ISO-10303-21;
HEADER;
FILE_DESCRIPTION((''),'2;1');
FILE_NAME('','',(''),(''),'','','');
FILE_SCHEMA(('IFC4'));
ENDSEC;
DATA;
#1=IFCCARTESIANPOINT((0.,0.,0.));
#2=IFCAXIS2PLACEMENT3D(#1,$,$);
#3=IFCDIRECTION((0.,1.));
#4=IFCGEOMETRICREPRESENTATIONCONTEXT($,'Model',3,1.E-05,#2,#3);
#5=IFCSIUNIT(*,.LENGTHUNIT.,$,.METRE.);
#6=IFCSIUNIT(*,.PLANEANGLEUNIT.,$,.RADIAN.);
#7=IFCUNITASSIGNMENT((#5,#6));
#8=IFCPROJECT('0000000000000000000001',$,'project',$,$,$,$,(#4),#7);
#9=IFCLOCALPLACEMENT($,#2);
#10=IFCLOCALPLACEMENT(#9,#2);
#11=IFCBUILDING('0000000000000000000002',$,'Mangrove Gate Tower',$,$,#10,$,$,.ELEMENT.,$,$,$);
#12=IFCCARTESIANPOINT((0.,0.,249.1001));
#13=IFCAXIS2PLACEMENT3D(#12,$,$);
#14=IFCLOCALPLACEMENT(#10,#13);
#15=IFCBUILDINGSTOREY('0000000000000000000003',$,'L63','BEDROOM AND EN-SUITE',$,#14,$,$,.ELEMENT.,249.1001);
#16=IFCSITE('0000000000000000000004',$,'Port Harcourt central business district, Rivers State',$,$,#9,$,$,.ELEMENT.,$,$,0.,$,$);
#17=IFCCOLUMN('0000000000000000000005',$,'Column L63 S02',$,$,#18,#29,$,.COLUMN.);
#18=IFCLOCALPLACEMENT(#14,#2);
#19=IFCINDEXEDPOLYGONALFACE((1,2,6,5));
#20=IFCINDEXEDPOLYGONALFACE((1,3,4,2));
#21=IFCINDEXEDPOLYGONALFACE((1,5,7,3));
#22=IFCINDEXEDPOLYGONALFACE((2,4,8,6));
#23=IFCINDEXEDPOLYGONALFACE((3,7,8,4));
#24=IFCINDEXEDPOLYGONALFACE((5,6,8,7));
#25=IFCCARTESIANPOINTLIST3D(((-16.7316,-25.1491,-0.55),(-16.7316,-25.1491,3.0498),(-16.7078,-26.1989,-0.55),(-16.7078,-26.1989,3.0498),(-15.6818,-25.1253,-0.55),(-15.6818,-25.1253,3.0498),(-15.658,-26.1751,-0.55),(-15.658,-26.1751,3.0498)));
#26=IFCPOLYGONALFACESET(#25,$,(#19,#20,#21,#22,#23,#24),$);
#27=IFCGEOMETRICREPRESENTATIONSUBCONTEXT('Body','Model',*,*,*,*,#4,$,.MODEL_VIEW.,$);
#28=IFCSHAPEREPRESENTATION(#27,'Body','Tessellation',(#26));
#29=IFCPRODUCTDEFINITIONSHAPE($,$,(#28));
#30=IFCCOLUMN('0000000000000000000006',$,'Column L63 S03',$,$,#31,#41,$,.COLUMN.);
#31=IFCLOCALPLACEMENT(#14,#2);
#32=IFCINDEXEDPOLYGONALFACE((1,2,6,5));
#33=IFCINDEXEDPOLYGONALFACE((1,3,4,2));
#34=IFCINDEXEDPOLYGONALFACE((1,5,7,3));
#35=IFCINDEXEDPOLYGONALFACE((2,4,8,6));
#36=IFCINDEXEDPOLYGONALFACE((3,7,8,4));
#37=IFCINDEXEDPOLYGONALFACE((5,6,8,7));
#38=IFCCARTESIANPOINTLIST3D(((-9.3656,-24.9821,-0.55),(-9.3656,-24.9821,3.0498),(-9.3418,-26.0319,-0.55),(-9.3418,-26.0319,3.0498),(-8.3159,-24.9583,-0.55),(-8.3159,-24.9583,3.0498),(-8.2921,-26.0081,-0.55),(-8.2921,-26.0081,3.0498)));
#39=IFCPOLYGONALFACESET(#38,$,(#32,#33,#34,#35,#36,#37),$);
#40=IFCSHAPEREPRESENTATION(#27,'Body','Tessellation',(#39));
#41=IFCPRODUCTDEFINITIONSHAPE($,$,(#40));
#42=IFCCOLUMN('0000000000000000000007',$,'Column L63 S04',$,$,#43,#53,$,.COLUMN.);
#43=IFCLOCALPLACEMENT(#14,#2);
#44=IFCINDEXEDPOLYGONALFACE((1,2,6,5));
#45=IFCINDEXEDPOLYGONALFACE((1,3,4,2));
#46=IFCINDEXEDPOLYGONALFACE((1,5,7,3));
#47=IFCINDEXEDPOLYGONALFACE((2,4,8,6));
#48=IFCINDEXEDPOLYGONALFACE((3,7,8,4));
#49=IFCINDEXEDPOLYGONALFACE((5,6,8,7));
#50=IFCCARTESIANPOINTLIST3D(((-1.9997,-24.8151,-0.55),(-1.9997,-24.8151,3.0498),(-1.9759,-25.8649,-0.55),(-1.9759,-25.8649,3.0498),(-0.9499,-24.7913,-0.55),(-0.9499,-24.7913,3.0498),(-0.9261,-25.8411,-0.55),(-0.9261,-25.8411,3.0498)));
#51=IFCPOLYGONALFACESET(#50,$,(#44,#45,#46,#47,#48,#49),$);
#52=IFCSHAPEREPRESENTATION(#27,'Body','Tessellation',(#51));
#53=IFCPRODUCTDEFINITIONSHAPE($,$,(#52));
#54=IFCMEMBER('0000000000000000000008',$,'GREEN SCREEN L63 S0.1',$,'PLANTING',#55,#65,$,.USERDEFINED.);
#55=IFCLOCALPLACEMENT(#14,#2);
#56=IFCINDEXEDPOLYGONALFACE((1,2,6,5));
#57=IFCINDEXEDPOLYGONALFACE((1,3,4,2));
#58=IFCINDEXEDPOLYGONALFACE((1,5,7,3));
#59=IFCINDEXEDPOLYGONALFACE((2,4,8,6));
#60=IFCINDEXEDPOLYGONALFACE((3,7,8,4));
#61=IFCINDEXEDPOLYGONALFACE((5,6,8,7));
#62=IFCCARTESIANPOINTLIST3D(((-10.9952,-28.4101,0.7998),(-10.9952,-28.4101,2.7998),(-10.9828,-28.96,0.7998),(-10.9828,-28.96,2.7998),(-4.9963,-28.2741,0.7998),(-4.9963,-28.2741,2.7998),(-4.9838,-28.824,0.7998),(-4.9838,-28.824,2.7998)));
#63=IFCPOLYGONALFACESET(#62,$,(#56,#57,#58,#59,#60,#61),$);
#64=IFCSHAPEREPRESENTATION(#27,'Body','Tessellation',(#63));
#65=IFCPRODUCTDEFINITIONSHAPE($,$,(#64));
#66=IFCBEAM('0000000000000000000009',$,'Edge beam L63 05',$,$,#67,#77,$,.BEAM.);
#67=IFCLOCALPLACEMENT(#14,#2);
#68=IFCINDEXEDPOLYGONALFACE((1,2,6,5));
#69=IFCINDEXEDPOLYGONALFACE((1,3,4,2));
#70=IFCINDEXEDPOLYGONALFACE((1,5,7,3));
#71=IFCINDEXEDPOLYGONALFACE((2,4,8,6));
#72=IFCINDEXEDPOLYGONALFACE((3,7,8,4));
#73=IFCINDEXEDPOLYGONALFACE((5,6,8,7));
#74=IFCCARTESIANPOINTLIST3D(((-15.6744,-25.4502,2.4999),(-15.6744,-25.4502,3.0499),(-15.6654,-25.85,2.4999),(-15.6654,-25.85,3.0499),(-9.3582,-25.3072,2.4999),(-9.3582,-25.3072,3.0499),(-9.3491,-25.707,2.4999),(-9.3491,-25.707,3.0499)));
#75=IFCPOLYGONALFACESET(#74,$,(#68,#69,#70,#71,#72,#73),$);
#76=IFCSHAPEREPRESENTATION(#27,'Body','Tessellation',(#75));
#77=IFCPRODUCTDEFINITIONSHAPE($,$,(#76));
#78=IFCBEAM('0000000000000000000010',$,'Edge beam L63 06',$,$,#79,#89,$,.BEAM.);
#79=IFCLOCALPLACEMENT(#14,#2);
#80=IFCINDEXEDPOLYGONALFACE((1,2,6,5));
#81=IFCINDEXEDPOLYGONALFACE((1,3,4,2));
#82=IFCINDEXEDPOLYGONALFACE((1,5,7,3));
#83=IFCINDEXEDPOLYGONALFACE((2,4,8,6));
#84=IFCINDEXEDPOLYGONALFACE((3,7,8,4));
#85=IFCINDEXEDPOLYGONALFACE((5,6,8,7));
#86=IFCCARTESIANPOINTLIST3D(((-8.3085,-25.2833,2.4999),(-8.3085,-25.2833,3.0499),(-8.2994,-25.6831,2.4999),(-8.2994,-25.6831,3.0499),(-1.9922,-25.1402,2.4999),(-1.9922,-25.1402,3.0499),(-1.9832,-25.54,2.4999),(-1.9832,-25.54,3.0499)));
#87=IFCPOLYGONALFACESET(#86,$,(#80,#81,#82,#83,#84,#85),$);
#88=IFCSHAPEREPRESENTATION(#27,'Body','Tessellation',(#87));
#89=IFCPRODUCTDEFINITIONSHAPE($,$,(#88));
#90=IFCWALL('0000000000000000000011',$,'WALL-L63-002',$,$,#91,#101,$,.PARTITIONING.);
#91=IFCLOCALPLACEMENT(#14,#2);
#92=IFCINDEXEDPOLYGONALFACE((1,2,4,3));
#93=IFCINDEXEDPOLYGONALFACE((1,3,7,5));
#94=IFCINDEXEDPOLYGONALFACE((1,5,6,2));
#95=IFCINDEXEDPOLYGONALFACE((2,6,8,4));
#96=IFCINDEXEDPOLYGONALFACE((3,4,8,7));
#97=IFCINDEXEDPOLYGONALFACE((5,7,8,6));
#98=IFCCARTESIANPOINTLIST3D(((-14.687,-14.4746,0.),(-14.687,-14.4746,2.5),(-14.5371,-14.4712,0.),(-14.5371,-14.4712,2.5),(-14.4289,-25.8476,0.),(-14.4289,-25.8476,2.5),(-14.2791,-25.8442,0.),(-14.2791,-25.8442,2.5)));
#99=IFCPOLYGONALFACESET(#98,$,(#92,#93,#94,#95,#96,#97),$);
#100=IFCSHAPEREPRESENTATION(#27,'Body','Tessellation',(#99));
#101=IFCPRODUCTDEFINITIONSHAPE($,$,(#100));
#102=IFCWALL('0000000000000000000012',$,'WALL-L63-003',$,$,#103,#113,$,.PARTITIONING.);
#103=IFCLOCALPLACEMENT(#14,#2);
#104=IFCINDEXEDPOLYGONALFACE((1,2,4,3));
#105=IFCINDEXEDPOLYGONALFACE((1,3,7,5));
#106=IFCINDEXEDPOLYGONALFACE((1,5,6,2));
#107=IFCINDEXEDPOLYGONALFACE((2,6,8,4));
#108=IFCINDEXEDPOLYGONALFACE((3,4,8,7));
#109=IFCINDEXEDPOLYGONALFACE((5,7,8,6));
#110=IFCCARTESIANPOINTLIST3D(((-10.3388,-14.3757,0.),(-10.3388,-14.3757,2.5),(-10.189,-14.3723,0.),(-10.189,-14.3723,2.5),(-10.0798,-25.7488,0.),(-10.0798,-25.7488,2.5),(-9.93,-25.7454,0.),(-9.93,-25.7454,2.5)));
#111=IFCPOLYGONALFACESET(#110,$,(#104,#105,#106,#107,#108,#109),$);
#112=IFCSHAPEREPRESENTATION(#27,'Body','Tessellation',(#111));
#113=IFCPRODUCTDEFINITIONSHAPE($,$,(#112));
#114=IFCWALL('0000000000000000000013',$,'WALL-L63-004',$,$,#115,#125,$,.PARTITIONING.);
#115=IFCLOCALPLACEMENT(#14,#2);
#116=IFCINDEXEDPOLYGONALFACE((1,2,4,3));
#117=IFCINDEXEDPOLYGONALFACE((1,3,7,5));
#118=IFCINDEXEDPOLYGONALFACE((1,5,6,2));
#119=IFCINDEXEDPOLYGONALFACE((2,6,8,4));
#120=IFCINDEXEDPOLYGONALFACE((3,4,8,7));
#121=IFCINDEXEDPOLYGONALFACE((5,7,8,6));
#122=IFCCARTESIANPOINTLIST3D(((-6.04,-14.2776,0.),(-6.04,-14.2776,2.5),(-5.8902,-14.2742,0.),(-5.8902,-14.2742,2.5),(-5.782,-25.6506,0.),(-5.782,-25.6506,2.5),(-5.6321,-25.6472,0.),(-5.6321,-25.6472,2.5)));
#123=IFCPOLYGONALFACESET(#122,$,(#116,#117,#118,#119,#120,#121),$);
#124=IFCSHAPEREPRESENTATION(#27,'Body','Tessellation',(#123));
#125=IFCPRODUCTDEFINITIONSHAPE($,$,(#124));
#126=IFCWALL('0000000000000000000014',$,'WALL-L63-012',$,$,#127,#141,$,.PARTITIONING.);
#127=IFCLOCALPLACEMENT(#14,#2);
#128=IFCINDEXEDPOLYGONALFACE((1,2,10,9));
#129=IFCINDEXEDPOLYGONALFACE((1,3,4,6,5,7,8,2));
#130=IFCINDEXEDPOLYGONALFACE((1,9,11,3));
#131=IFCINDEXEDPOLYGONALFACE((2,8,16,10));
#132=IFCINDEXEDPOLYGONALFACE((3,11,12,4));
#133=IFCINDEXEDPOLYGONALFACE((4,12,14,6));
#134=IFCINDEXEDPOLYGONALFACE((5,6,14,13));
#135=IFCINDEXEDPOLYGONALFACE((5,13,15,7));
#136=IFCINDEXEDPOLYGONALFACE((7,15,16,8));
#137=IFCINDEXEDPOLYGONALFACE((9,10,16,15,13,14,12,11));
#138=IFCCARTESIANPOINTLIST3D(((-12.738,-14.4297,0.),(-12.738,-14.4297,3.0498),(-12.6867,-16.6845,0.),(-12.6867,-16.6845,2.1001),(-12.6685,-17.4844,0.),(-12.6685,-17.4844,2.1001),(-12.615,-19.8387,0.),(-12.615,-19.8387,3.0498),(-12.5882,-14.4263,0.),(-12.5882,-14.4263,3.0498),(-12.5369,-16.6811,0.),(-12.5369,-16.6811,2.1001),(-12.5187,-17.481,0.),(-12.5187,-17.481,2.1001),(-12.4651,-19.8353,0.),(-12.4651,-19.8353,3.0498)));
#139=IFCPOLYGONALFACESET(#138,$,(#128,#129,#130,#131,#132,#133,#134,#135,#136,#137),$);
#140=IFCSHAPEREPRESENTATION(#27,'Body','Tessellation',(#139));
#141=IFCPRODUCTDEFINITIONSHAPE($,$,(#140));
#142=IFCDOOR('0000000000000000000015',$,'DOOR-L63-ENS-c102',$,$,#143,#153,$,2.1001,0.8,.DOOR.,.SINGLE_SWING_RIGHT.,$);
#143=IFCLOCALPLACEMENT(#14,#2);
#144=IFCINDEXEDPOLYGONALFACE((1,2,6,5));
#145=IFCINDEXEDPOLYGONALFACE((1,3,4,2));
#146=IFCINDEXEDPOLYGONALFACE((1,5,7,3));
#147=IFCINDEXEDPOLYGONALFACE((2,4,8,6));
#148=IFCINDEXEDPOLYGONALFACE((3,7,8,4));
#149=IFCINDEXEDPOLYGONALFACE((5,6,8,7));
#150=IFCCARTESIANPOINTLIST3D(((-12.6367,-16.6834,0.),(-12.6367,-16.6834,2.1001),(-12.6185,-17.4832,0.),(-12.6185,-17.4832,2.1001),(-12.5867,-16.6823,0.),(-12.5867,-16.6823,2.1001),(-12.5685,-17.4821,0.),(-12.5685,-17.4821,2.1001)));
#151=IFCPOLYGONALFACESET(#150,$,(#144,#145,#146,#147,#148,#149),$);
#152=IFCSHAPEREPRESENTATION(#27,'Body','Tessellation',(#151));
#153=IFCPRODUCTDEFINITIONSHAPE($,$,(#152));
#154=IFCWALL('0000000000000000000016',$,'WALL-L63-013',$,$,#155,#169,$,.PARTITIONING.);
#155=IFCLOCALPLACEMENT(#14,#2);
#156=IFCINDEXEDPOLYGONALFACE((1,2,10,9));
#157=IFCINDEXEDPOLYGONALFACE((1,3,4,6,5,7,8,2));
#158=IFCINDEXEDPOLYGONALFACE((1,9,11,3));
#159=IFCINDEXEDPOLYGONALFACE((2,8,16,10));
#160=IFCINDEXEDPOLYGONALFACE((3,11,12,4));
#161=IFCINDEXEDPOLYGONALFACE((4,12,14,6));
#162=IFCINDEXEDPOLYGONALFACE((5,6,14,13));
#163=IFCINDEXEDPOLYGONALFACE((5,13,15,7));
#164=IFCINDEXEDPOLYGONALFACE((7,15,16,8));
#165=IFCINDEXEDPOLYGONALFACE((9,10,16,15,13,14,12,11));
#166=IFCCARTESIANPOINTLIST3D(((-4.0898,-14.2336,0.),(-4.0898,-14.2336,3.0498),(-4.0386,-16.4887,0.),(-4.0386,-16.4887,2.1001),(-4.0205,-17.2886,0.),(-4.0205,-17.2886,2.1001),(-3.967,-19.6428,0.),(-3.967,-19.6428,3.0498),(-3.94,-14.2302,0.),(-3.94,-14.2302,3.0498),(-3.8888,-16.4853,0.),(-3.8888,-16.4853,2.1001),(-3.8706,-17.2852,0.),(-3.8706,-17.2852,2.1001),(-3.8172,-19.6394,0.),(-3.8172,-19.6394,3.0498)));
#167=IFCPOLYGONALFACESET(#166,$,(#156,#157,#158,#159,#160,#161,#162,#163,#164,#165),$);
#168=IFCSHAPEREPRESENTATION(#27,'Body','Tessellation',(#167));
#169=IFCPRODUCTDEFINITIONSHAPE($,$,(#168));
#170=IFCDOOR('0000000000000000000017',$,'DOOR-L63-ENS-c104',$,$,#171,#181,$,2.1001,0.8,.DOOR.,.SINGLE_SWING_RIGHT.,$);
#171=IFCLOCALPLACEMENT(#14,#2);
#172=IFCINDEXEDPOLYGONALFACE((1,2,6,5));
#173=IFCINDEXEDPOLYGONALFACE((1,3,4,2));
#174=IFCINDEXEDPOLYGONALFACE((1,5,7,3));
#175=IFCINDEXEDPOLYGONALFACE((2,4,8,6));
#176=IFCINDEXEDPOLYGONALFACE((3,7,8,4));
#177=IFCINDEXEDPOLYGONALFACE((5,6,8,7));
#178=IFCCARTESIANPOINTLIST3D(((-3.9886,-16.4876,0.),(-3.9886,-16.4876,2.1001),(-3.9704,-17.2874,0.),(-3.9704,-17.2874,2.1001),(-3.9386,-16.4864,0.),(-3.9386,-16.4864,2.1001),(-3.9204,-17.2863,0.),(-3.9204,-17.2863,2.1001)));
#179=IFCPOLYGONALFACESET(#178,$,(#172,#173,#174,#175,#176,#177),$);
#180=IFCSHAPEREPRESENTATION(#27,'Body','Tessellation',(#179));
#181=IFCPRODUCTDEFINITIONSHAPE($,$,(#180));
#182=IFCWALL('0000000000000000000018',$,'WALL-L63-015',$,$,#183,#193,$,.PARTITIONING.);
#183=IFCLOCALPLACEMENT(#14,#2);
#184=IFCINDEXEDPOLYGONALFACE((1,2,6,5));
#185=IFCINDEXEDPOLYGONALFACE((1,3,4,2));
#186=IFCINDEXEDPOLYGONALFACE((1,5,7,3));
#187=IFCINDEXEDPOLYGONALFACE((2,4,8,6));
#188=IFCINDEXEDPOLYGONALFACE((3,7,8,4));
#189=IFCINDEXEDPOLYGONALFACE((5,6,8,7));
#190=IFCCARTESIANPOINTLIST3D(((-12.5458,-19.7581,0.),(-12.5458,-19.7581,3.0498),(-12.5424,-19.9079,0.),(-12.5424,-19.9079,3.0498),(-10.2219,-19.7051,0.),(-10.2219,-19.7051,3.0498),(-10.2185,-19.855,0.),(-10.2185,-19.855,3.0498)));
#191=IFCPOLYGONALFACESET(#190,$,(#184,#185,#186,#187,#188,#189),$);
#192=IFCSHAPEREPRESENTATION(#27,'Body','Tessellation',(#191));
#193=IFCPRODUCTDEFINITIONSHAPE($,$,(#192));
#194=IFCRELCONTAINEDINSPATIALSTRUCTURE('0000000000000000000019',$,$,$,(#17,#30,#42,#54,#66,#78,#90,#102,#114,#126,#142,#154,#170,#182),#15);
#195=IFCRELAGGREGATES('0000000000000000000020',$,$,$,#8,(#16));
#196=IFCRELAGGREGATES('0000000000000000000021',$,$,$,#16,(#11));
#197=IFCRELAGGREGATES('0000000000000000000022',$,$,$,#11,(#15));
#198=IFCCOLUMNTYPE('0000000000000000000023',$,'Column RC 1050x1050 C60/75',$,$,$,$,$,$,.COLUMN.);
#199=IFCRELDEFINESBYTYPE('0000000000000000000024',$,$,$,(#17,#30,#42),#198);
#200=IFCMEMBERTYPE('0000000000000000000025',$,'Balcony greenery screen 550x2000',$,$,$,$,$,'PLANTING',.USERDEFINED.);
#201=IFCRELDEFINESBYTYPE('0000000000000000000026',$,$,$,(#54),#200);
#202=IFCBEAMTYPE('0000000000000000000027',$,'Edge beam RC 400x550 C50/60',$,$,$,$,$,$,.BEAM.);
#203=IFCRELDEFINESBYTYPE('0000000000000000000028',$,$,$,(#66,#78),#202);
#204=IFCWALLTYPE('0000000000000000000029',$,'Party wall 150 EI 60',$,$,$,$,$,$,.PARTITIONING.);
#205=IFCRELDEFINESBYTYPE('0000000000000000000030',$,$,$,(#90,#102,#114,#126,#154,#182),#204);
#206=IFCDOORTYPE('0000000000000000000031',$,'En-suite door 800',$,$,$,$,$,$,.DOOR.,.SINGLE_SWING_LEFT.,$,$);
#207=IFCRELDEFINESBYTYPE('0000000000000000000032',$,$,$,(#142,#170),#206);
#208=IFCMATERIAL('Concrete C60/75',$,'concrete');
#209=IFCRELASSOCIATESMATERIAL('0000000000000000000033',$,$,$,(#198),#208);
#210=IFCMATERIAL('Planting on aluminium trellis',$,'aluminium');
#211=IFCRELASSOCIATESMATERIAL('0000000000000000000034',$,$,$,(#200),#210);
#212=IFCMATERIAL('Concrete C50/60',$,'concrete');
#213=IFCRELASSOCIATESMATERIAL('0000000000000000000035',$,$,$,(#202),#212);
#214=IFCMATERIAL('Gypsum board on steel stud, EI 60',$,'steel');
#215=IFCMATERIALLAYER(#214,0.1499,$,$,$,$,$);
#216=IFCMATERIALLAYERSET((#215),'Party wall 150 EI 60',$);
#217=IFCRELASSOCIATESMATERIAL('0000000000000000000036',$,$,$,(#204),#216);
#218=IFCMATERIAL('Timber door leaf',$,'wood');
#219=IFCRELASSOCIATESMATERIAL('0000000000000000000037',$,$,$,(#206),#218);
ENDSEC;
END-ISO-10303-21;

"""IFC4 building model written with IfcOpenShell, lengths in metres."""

from ifc_helpers import new_model, si_unit, direction, frame, frame_2d, origin, origin_2d, place, context, subcontext, project, spatial, rectangle, extrude, material, layer, layer_set, material_profile, profile_set, type_object, element, fill, save


model = new_model("IFC4")

# Units and contexts
model_context = context("Model", 3, precision=1e-05, world=origin(), true_north=direction((0.0, 1.0)))
body_context = subcontext(model_context, "Body", "Model", "MODEL_VIEW")
ifc_project = project(units=[si_unit("LENGTHUNIT", "METRE"), si_unit("PLANEANGLEUNIT", "RADIAN")], contexts=[model_context])

# Site, building, storey
site_placement = place(None, origin())
site = spatial("IfcSite", under=ifc_project, at=site_placement, Name="Port Harcourt central business district, Rivers State", CompositionType="ELEMENT", RefElevation=0.0)
building_placement = place(site_placement, origin())
building = spatial("IfcBuilding", under=site, at=building_placement, Name="Mangrove Gate Tower", CompositionType="ELEMENT")
storey_placement = place(building_placement, frame((0.0, 0.0, 249.1001)))
storey = spatial("IfcBuildingStorey", under=building, at=storey_placement, Name="L63", Description="BEDROOM AND EN-SUITE", CompositionType="ELEMENT", Elevation=249.1001)

# Columns
ifc_material_1 = material(Name="Concrete C60/75", Category="concrete")
ifc_material_profile_1 = material_profile(ifc_material_1, rectangle(XDim=1.05, YDim=1.05, at=origin_2d()))
ifc_profile_set_1 = profile_set([ifc_material_profile_1], Name="Concrete C60/75")
column_type = type_object("IfcColumnType", Name="Column RC 1050x1050 C60/75", PredefinedType="COLUMN", material=ifc_profile_set_1)
for number, where, z_axis, x_axis, name in (
    (1, (-16.1948, -25.6621, -0.55), (0.0, 0.0, 1.0), (0.999743, 0.022666, 0.0), "Column L63 S02"),
    (2, (-8.8289, -25.4951, -0.55), (0.0, 0.0, 1.0), (0.999743, 0.022666, 0.0), "Column L63 S03"),
    (3, (-1.4629, -25.3281, -0.55), (0.0, 0.0, 1.0), (0.999743, 0.022666, 0.0), "Column L63 S04"),
):
    element("IfcColumn", number, at=place(storey_placement, frame(where, z_axis=z_axis, x_axis=x_axis)), inside=storey, type_object=column_type, Name=name, PredefinedType="COLUMN", context=body_context, shape_type="SweptSolid", body=[
        extrude(rectangle(XDim=1.05, YDim=1.05, at=origin_2d()), origin(), (0.0, 0.0, 1.0), 3.5999),
    ])

# Member
ifc_material_2 = material(Name="Planting on aluminium trellis", Category="aluminium")
ifc_material_profile_2 = material_profile(ifc_material_2, rectangle(XDim=0.55, YDim=2.0, at=origin_2d()))
ifc_profile_set_2 = profile_set([ifc_material_profile_2], Name="Planting on aluminium trellis")
member_type = type_object("IfcMemberType", Name="Balcony greenery screen 550x2000", ElementType="PLANTING", PredefinedType="USERDEFINED", material=ifc_profile_set_2)
member_placement = place(storey_placement, frame((-10.989, -28.6851, 1.7998), z_axis=(0.999743, 0.022662, 0.0), x_axis=(-0.022662, 0.999743, 0.0)))
element("IfcMember", 4, at=member_placement, inside=storey, type_object=member_type, Name="GREEN SCREEN L63 S0.1", ObjectType="PLANTING", PredefinedType="USERDEFINED", context=body_context, shape_type="SweptSolid", body=[
    extrude(rectangle(XDim=0.55, YDim=2.0, at=origin_2d()), origin(), (0.0, 0.0, 1.0), 6.0005),
])

# Beams
ifc_material_3 = material(Name="Concrete C50/60", Category="concrete")
ifc_material_profile_3 = material_profile(ifc_material_3, rectangle(XDim=0.3999, YDim=0.55, at=origin_2d()))
ifc_profile_set_3 = profile_set([ifc_material_profile_3], Name="Concrete C50/60")
beam_type = type_object("IfcBeamType", Name="Edge beam RC 400x550 C50/60", PredefinedType="BEAM", material=ifc_profile_set_3)
for number, where, z_axis, x_axis, name in (
    (5, (-15.6699, -25.6501, 2.7749), (0.999744, 0.022645, 0.0), (-0.022645, 0.999744, 0.0), "Edge beam L63 05"),
    (6, (-8.304, -25.4832, 2.7749), (0.999744, 0.022645, 0.0), (-0.022645, 0.999744, 0.0), "Edge beam L63 06"),
):
    element("IfcBeam", number, at=place(storey_placement, frame(where, z_axis=z_axis, x_axis=x_axis)), inside=storey, type_object=beam_type, Name=name, PredefinedType="BEAM", context=body_context, shape_type="SweptSolid", body=[
        extrude(rectangle(XDim=0.3999, YDim=0.55, at=origin_2d()), origin(), (0.0, 0.0, 1.0), 6.3179),
    ])

# Walls
ifc_material_4 = material(Name="Gypsum board on steel stud, EI 60", Category="steel")
ifc_layer_1 = layer(ifc_material_4, 0.1499)
ifc_layer_set_1 = layer_set([ifc_layer_1], Name="Party wall 150 EI 60")
wall_type_1 = type_object("IfcWallType", Name="Party wall 150 EI 60", PredefinedType="PARTITIONING", material=ifc_layer_set_1)
for number, where, z_axis, x_axis, name in (
    (7, (-14.354, -25.8459, 0.0), (0.0, 0.0, 1.0), (-0.022684, 0.999743, 0.0), "WALL-L63-002"),
    (8, (-10.0049, -25.7471, 0.0), (0.0, 0.0, 1.0), (-0.02277, 0.999741, 0.0), "WALL-L63-003"),
    (9, (-5.707, -25.6489, 0.0), (0.0, 0.0, 1.0), (-0.022684, 0.999743, 0.0), "WALL-L63-004"),
):
    element("IfcWall", number, at=place(storey_placement, frame(where, z_axis=z_axis, x_axis=x_axis)), inside=storey, type_object=wall_type_1, Name=name, PredefinedType="PARTITIONING", context=body_context, shape_type="SweptSolid", body=[
        extrude(rectangle(XDim=11.376, YDim=0.1499, at=frame_2d((5.688, 0.0))), origin(), (0.0, 0.0, 1.0), 2.5),
    ])

# Walls, openings, doors
wall_1_placement = place(storey_placement, frame((-12.54, -19.8369, 0.0), z_axis=(0.0, 0.0, 1.0), x_axis=(-0.022743, 0.999741, 0.0)))
wall_1 = element("IfcWall", 10, at=wall_1_placement, inside=storey, type_object=wall_type_1, Name="WALL-L63-012", PredefinedType="PARTITIONING", context=body_context, shape_type="SweptSolid", body=[
    extrude(rectangle(XDim=5.4104, YDim=0.1499, at=frame_2d((2.7051, 0.0))), origin(), (0.0, 0.0, 1.0), 3.0498),
])
opening_1_placement = place(wall_1_placement, frame((2.355, 0.0, 0.0)))
opening_1 = element("IfcOpeningElement", 11, at=opening_1_placement, cuts=wall_1, PredefinedType="OPENING", context=body_context, shape_type="SweptSolid", body=[
    extrude(rectangle(XDim=0.8, YDim=2.1001, at=frame_2d((0.3999, 1.05))), frame((0.0, 0.085, 0.0), z_axis=(0.0, -1.0, 0.0), x_axis=(1.0, 0.0, 0.0)), (0.0, 0.0, 1.0), 0.1699),
])
ifc_material_5 = material(Name="Timber door leaf", Category="wood")
door_type = type_object("IfcDoorType", Name="En-suite door 800", OperationType="SINGLE_SWING_LEFT", PredefinedType="DOOR", material=ifc_material_5)
door_1_placement = place(opening_1_placement, origin())
door_1 = element("IfcDoor", 12, at=door_1_placement, inside=storey, type_object=door_type, Name="DOOR-L63-ENS-c102", OperationType="SINGLE_SWING_RIGHT", OverallHeight=2.1001, OverallWidth=0.8, PredefinedType="DOOR", context=body_context, shape_type="SweptSolid", body=[
    extrude(rectangle(XDim=0.8, YDim=2.1001, at=frame_2d((0.3999, 1.05))), frame((0.0, 0.0249, 0.0), z_axis=(0.0, -1.0, 0.0), x_axis=(1.0, 0.0, 0.0)), (0.0, 0.0, 1.0), 0.05),
])
fill(opening_1, door_1)
wall_2_placement = place(storey_placement, frame((-3.8921, -19.6411, 0.0), z_axis=(0.0, 0.0, 1.0), x_axis=(-0.022697, 0.999742, 0.0)))
wall_2 = element("IfcWall", 13, at=wall_2_placement, inside=storey, type_object=wall_type_1, Name="WALL-L63-013", PredefinedType="PARTITIONING", context=body_context, shape_type="SweptSolid", body=[
    extrude(rectangle(XDim=5.4106, YDim=0.1499, at=frame_2d((2.7053, 0.0))), origin(), (0.0, 0.0, 1.0), 3.0498),
])
opening_2_placement = place(wall_2_placement, frame((2.355, 0.0, 0.0)))
opening_2 = element("IfcOpeningElement", 14, at=opening_2_placement, cuts=wall_2, PredefinedType="OPENING", context=body_context, shape_type="SweptSolid", body=[
    extrude(rectangle(XDim=0.8, YDim=2.1001, at=frame_2d((0.3999, 1.05))), frame((0.0, 0.085, 0.0), z_axis=(0.0, -1.0, 0.0), x_axis=(1.0, 0.0, 0.0)), (0.0, 0.0, 1.0), 0.1699),
])
door_2_placement = place(opening_2_placement, origin())
door_2 = element("IfcDoor", 15, at=door_2_placement, inside=storey, type_object=door_type, Name="DOOR-L63-ENS-c104", OperationType="SINGLE_SWING_RIGHT", OverallHeight=2.1001, OverallWidth=0.8, PredefinedType="DOOR", context=body_context, shape_type="SweptSolid", body=[
    extrude(rectangle(XDim=0.8, YDim=2.1001, at=frame_2d((0.3999, 1.05))), frame((0.0, 0.0249, 0.0), z_axis=(0.0, -1.0, 0.0), x_axis=(1.0, 0.0, 0.0)), (0.0, 0.0, 1.0), 0.05),
])
fill(opening_2, door_2)

# Wall
wall_3_placement = place(storey_placement, frame((-12.5439, -19.833, 0.0), z_axis=(0.0, 0.0, 1.0), x_axis=(0.99974, 0.022791, 0.0)))
element("IfcWall", 16, at=wall_3_placement, inside=storey, type_object=wall_type_1, Name="WALL-L63-015", PredefinedType="PARTITIONING", context=body_context, shape_type="SweptSolid", body=[
    extrude(rectangle(XDim=2.3245, YDim=0.1499, at=frame_2d((1.1621, 0.0))), origin(), (0.0, 0.0, 1.0), 3.0498),
])

save(model, "model.ifc")
